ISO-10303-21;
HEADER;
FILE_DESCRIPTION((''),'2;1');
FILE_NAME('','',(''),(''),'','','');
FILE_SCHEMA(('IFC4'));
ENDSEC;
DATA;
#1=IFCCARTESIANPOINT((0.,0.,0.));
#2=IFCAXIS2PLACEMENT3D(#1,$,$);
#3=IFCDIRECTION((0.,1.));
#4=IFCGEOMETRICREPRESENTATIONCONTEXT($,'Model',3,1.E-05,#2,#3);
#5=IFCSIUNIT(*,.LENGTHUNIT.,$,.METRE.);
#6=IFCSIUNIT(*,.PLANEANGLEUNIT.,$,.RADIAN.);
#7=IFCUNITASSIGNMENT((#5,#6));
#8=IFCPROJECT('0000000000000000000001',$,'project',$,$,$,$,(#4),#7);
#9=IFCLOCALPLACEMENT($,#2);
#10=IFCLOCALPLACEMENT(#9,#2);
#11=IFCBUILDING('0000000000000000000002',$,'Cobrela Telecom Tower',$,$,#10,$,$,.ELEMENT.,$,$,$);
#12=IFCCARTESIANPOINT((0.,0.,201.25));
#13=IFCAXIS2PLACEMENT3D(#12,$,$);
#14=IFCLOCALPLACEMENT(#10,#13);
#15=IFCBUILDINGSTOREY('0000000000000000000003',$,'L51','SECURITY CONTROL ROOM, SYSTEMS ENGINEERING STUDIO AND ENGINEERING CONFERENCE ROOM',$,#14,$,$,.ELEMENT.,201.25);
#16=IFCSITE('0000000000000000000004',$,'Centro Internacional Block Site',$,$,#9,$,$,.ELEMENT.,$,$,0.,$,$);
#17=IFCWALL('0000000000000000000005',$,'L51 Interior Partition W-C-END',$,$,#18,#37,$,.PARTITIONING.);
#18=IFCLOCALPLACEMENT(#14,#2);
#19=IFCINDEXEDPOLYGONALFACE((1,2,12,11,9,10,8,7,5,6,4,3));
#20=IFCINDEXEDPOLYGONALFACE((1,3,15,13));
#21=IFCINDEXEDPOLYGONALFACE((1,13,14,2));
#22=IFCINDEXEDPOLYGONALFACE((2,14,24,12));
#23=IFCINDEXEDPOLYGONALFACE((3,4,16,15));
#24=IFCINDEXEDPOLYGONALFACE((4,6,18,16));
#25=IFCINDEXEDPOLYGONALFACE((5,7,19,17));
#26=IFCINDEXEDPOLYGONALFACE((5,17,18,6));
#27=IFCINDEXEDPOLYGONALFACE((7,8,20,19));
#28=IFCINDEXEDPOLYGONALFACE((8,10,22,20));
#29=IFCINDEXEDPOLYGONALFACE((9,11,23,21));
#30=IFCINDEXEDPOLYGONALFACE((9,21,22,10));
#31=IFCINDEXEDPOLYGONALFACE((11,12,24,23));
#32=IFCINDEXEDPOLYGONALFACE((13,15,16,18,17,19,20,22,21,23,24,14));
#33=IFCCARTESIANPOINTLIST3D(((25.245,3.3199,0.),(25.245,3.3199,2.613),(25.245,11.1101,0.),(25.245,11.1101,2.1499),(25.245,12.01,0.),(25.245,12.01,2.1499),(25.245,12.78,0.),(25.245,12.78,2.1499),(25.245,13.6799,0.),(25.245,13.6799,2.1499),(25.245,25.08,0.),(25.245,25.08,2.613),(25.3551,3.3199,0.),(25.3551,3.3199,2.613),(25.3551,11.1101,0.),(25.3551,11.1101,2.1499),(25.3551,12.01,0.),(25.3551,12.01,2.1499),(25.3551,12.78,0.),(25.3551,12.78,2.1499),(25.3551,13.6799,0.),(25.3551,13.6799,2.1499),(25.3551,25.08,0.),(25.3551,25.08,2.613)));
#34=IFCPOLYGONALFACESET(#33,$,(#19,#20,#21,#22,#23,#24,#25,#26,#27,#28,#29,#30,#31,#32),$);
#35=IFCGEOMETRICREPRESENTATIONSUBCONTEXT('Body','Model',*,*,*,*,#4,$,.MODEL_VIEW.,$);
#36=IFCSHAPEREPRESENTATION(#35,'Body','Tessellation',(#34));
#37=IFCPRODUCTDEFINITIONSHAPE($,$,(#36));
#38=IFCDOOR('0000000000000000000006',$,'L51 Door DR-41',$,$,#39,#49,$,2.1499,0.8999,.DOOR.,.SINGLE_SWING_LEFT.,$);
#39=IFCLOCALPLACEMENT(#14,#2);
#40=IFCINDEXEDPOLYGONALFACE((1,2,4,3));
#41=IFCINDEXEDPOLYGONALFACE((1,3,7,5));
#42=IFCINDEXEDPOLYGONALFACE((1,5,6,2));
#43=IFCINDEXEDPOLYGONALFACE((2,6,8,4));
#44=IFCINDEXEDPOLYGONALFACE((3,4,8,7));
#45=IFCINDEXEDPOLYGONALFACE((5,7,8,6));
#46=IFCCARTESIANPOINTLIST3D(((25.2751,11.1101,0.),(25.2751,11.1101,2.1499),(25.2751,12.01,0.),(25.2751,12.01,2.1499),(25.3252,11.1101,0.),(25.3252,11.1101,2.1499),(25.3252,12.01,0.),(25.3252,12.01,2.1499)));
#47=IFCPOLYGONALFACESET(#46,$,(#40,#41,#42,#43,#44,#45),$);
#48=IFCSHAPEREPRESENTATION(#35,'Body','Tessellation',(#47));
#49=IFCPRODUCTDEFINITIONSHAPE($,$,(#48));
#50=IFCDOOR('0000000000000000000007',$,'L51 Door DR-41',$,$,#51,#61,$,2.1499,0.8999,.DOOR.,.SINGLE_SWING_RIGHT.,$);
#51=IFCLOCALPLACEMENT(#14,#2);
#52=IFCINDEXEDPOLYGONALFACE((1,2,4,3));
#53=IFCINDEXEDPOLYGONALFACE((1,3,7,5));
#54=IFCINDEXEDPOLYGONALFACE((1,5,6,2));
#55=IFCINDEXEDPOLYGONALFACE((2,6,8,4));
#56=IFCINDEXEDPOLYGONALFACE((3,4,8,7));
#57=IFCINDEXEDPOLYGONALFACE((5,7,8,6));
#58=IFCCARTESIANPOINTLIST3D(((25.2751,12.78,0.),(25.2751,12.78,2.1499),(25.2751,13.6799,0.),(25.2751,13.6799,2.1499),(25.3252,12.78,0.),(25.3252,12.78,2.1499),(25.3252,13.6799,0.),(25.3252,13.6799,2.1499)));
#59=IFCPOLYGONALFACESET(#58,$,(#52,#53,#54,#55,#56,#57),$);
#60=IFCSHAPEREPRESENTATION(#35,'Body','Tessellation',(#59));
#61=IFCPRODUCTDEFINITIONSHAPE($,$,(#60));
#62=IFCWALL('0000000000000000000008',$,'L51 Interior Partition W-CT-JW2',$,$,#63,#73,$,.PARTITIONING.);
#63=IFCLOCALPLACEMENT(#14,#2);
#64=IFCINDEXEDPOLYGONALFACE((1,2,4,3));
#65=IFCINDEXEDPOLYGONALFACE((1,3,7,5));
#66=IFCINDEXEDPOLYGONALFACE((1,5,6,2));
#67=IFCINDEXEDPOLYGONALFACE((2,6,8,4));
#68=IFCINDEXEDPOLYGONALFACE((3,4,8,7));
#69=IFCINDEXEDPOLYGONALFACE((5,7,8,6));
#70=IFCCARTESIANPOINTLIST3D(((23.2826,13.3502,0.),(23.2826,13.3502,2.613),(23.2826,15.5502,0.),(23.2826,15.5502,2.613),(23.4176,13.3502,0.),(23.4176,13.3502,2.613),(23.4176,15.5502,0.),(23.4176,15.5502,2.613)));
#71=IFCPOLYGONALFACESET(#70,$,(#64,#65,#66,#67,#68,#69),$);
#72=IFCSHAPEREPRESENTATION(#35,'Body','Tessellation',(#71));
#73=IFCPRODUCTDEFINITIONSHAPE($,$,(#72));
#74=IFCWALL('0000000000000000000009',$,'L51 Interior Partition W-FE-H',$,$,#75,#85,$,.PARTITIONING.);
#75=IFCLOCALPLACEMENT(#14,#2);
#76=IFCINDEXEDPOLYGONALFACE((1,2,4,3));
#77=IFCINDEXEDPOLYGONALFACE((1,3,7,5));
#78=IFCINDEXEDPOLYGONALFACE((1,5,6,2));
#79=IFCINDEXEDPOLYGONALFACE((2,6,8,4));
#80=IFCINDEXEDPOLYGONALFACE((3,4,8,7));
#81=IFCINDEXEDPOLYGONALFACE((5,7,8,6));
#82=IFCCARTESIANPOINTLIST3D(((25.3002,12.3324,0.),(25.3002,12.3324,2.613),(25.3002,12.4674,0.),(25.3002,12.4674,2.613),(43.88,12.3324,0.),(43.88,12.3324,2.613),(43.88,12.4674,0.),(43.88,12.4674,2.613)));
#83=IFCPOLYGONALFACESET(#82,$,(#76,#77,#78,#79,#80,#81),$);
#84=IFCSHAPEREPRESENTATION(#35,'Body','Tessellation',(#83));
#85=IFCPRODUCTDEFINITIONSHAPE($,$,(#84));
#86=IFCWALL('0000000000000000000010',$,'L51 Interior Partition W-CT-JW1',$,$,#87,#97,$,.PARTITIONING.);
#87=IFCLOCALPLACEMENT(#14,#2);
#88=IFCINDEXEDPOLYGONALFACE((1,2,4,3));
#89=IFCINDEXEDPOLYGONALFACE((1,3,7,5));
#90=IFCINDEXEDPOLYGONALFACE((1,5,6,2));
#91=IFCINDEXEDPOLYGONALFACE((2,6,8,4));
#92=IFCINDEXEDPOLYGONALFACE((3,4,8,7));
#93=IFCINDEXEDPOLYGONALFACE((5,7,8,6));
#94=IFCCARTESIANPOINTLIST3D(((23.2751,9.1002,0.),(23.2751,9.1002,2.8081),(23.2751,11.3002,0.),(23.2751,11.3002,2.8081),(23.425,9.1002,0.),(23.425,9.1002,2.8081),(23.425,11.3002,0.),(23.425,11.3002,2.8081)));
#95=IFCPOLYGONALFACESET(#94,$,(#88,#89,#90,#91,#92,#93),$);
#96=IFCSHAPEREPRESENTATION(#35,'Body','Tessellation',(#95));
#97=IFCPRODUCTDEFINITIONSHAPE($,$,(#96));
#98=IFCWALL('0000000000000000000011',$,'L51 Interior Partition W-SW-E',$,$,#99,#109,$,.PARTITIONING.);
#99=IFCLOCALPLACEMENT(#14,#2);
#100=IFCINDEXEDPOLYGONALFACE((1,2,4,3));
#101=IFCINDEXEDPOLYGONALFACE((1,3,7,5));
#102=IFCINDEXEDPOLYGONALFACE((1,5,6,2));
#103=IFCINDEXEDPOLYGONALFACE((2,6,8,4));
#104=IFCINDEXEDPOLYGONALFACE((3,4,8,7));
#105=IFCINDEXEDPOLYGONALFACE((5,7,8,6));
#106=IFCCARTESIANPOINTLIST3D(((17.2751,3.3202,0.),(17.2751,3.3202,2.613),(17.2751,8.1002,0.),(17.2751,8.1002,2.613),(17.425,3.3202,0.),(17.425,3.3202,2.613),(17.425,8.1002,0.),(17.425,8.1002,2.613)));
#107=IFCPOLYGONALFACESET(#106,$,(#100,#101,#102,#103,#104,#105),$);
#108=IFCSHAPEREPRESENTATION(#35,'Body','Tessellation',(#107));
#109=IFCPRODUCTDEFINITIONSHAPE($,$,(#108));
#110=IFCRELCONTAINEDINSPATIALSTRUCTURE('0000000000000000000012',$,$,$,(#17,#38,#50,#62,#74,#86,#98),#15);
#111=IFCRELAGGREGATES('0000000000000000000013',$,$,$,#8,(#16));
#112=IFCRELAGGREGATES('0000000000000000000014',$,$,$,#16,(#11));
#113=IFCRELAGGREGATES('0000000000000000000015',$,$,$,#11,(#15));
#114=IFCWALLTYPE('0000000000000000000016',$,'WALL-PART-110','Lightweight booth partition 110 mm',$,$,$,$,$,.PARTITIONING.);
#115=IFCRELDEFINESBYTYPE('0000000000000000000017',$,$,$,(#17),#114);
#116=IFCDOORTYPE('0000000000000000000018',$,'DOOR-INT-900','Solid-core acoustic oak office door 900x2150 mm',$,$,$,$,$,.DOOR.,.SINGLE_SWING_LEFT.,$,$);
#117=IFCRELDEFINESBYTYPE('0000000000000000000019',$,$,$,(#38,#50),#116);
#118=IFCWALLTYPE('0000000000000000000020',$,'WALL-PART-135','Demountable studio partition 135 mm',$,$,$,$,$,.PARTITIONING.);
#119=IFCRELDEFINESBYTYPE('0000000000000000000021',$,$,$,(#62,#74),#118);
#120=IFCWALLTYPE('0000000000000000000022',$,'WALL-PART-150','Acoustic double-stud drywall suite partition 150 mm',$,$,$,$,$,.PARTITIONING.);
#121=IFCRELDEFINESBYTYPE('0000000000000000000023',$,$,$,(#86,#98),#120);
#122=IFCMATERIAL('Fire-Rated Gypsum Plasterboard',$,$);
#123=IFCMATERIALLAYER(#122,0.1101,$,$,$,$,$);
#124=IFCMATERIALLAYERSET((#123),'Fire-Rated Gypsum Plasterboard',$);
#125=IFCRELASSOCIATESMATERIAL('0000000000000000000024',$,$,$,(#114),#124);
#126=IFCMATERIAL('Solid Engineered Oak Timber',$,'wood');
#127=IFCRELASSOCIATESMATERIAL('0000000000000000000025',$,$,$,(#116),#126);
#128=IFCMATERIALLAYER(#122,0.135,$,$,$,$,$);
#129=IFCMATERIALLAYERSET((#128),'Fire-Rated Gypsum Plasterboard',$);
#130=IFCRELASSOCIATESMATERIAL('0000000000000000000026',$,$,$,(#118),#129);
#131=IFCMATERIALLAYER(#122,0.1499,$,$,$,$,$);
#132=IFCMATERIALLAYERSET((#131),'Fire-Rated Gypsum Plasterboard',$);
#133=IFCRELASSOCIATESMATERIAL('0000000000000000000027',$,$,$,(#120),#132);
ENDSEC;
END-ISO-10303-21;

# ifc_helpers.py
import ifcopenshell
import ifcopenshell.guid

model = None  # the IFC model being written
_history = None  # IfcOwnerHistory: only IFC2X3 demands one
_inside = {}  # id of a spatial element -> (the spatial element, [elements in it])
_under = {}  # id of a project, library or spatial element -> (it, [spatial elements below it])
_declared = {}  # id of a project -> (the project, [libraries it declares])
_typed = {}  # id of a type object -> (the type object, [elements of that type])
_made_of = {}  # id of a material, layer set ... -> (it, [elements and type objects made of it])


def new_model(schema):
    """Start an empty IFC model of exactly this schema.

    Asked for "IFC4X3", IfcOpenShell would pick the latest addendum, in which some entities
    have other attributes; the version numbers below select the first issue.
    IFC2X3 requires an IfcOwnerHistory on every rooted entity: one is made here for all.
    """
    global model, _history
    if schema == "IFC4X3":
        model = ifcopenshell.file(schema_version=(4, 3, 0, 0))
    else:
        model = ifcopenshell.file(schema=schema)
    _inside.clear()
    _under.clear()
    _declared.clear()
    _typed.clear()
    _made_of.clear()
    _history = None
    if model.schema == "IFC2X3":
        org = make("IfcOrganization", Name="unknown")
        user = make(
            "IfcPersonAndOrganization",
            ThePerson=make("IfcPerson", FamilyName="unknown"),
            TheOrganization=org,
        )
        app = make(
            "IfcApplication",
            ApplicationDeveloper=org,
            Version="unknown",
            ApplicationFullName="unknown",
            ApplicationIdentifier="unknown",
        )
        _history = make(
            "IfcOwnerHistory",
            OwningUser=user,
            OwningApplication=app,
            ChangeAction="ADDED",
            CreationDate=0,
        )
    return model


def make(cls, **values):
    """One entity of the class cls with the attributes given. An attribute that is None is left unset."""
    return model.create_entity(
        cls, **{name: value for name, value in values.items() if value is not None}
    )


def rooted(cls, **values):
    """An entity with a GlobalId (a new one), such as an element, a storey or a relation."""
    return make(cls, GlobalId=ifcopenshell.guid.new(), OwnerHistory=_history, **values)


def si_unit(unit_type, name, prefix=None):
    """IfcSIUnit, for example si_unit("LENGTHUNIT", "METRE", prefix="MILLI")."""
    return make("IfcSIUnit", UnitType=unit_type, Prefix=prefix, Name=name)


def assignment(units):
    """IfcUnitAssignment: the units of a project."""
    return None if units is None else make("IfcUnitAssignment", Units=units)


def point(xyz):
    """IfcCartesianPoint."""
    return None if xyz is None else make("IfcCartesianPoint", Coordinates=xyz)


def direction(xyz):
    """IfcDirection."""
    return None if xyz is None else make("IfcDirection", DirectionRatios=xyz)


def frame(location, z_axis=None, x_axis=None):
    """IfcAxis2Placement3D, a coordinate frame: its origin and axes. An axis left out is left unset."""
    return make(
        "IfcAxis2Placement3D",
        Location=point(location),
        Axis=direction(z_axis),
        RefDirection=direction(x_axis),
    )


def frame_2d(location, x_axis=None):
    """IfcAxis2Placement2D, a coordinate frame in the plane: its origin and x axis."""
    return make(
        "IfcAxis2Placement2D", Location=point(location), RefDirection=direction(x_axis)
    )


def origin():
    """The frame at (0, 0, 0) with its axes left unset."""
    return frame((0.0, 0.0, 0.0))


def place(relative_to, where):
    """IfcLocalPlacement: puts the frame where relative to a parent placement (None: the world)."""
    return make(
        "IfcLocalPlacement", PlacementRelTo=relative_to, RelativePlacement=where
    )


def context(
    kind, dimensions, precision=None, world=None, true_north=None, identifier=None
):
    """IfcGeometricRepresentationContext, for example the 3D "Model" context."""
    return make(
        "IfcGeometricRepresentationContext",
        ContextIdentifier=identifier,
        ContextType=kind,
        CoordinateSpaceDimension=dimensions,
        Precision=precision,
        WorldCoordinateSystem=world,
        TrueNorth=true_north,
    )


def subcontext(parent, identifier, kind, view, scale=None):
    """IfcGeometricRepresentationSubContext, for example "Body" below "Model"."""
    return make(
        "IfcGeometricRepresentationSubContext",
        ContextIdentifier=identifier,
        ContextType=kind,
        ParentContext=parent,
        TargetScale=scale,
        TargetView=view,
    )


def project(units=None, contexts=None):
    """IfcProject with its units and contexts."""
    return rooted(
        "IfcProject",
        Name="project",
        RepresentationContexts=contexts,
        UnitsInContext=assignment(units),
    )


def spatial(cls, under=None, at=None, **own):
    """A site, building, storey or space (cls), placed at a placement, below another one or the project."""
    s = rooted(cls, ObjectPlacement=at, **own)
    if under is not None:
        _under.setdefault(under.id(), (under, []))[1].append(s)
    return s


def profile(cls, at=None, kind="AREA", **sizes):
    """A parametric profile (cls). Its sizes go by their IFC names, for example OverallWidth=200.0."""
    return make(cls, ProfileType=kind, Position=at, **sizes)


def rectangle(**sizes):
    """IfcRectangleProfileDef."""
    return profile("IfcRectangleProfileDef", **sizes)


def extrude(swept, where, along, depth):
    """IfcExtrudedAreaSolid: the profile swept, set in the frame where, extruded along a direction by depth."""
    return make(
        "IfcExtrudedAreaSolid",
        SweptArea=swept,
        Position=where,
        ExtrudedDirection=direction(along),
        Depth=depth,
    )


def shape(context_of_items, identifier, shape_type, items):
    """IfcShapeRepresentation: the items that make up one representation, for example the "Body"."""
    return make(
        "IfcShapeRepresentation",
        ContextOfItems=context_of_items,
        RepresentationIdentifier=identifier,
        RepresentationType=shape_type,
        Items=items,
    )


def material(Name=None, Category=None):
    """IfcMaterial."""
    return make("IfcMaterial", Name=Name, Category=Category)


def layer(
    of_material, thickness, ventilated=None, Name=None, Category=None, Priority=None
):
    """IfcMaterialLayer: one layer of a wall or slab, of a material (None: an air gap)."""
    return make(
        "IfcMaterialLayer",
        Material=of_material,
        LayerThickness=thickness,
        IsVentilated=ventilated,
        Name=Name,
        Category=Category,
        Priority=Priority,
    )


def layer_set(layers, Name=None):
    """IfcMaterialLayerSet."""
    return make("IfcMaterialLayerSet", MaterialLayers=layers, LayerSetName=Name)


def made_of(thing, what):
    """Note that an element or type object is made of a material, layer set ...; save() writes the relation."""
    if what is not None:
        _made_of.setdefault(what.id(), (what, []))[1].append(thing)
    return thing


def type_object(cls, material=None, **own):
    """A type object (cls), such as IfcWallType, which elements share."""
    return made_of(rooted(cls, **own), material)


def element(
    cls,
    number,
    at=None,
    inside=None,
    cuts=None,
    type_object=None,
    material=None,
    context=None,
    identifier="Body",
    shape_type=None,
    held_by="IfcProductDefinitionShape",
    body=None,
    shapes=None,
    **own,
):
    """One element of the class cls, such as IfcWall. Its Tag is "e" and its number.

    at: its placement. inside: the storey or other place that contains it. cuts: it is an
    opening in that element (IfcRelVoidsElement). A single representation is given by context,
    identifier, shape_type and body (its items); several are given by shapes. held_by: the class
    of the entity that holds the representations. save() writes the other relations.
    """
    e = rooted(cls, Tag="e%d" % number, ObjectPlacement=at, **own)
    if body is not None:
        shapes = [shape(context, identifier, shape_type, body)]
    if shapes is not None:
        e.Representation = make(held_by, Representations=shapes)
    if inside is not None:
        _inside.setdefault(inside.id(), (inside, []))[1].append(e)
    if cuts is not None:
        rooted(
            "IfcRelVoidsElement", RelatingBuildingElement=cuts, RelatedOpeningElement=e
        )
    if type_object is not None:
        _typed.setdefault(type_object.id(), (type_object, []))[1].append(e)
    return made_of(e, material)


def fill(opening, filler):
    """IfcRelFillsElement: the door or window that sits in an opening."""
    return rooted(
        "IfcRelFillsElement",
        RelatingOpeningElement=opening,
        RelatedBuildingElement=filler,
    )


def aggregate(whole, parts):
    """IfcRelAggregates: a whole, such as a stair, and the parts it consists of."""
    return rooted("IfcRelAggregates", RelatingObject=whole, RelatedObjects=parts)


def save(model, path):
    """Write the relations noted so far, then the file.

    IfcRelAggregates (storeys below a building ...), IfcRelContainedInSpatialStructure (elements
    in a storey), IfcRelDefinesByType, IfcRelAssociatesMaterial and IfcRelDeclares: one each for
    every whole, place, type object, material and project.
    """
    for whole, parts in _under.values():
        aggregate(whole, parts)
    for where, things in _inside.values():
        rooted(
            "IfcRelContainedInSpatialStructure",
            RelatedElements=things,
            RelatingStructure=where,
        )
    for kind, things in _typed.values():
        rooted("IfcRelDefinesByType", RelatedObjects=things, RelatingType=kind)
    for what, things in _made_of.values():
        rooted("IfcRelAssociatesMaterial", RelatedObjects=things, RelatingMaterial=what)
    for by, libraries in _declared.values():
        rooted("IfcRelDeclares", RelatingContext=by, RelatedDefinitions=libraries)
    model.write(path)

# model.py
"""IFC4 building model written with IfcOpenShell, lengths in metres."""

from ifc_helpers import new_model, si_unit, direction, frame, frame_2d, origin, place, context, subcontext, project, spatial, rectangle, extrude, material, layer, layer_set, type_object, element, fill, save


model = new_model("IFC4")

# Units and contexts
model_context = context("Model", 3, precision=1e-05, world=origin(), true_north=direction((0.0, 1.0)))
body_context = subcontext(model_context, "Body", "Model", "MODEL_VIEW")
ifc_project = project(units=[si_unit("LENGTHUNIT", "METRE"), si_unit("PLANEANGLEUNIT", "RADIAN")], contexts=[model_context])

# Site, building, storey
site_placement = place(None, origin())
site = spatial("IfcSite", under=ifc_project, at=site_placement, Name="Centro Internacional Block Site", CompositionType="ELEMENT", RefElevation=0.0)
building_placement = place(site_placement, origin())
building = spatial("IfcBuilding", under=site, at=building_placement, Name="Cobrela Telecom Tower", CompositionType="ELEMENT")
storey_placement = place(building_placement, frame((0.0, 0.0, 201.25)))
storey = spatial("IfcBuildingStorey", under=building, at=storey_placement, Name="L51", Description="SECURITY CONTROL ROOM, SYSTEMS ENGINEERING STUDIO AND ENGINEERING CONFERENCE ROOM", CompositionType="ELEMENT", Elevation=201.25)

# Shared definitions
ifc_material_1 = material(Name="Fire-Rated Gypsum Plasterboard")
ifc_layer_1 = layer(ifc_material_1, 0.1101)
ifc_layer_set_1 = layer_set([ifc_layer_1], Name="Fire-Rated Gypsum Plasterboard")
wall_type_1 = type_object("IfcWallType", Name="WALL-PART-110", Description="Lightweight booth partition 110 mm", PredefinedType="PARTITIONING", material=ifc_layer_set_1)

# Wall, openings, doors
wall_1_placement = place(storey_placement, frame((25.3, 3.3201, 0.0), z_axis=(0.0, 0.0, 1.0), x_axis=(0.0, 1.0, 0.0)))
wall_1 = element("IfcWall", 1, at=wall_1_placement, inside=storey, type_object=wall_type_1, Name="L51 Interior Partition W-C-END", PredefinedType="PARTITIONING", context=body_context, shape_type="SweptSolid", body=[
    extrude(rectangle(XDim=21.76, YDim=0.1101, at=frame_2d((10.8799, 0.0))), origin(), (0.0, 0.0, 1.0), 2.613),
])
opening_1_placement = place(wall_1_placement, frame((7.79, 0.0, 0.0)))
opening_1 = element("IfcOpeningElement", 2, at=opening_1_placement, cuts=wall_1, PredefinedType="OPENING", context=body_context, shape_type="SweptSolid", body=[
    extrude(rectangle(XDim=0.8999, YDim=2.1499, at=frame_2d((0.45, 1.075))), frame((0.0, 0.0669, 0.0), z_axis=(0.0, -1.0, 0.0), x_axis=(1.0, 0.0, 0.0)), (0.0, 0.0, 1.0), 0.134),
])
opening_2_placement = place(wall_1_placement, frame((9.46, 0.0, 0.0)))
opening_2 = element("IfcOpeningElement", 3, at=opening_2_placement, cuts=wall_1, PredefinedType="OPENING", context=body_context, shape_type="SweptSolid", body=[
    extrude(rectangle(XDim=0.8999, YDim=2.1499, at=frame_2d((0.45, 1.075))), frame((0.0, 0.0669, 0.0), z_axis=(0.0, -1.0, 0.0), x_axis=(1.0, 0.0, 0.0)), (0.0, 0.0, 1.0), 0.134),
])
ifc_material_2 = material(Name="Solid Engineered Oak Timber", Category="wood")
door_type = type_object("IfcDoorType", Name="DOOR-INT-900", Description="Solid-core acoustic oak office door 900x2150 mm", OperationType="SINGLE_SWING_LEFT", PredefinedType="DOOR", material=ifc_material_2)
door_1_placement = place(opening_1_placement, origin())
door_1 = element("IfcDoor", 4, at=door_1_placement, inside=storey, type_object=door_type, Name="L51 Door DR-41", OperationType="SINGLE_SWING_LEFT", OverallHeight=2.1499, OverallWidth=0.8999, PredefinedType="DOOR", context=body_context, shape_type="SweptSolid", body=[
    extrude(rectangle(XDim=0.8999, YDim=2.1499, at=frame_2d((0.45, 1.075))), frame((0.0, 0.0249, 0.0), z_axis=(0.0, -1.0, 0.0), x_axis=(1.0, 0.0, 0.0)), (0.0, 0.0, 1.0), 0.05),
])
fill(opening_1, door_1)
door_2_placement = place(opening_2_placement, origin())
door_2 = element("IfcDoor", 5, at=door_2_placement, inside=storey, type_object=door_type, Name="L51 Door DR-41", OperationType="SINGLE_SWING_RIGHT", OverallHeight=2.1499, OverallWidth=0.8999, PredefinedType="DOOR", context=body_context, shape_type="SweptSolid", body=[
    extrude(rectangle(XDim=0.8999, YDim=2.1499, at=frame_2d((0.45, 1.075))), frame((0.0, 0.0249, 0.0), z_axis=(0.0, -1.0, 0.0), x_axis=(1.0, 0.0, 0.0)), (0.0, 0.0, 1.0), 0.05),
])
fill(opening_2, door_2)

# Walls
ifc_layer_2 = layer(ifc_material_1, 0.135)
ifc_layer_set_2 = layer_set([ifc_layer_2], Name="Fire-Rated Gypsum Plasterboard")
wall_type_2 = type_object("IfcWallType", Name="WALL-PART-135", Description="Demountable studio partition 135 mm", PredefinedType="PARTITIONING", material=ifc_layer_set_2)
wall_2_placement = place(storey_placement, frame((23.3501, 13.3501, 0.0), z_axis=(0.0, 0.0, 1.0), x_axis=(0.0, 1.0, 0.0)))
element("IfcWall", 6, at=wall_2_placement, inside=storey, type_object=wall_type_2, Name="L51 Interior Partition W-CT-JW2", PredefinedType="PARTITIONING", context=body_context, shape_type="SweptSolid", body=[
    extrude(rectangle(XDim=2.2, YDim=0.135, at=frame_2d((1.1001, 0.0))), origin(), (0.0, 0.0, 1.0), 2.613),
])
wall_3_placement = place(storey_placement, frame((25.3, 12.3999, 0.0), z_axis=(0.0, 0.0, 1.0), x_axis=(1.0, 0.0, 0.0)))
element("IfcWall", 7, at=wall_3_placement, inside=storey, type_object=wall_type_2, Name="L51 Interior Partition W-FE-H", PredefinedType="PARTITIONING", context=body_context, shape_type="SweptSolid", body=[
    extrude(rectangle(XDim=18.5798, YDim=0.135, at=frame_2d((9.29, 0.0))), origin(), (0.0, 0.0, 1.0), 2.613),
])
ifc_layer_3 = layer(ifc_material_1, 0.1499)
ifc_layer_set_3 = layer_set([ifc_layer_3], Name="Fire-Rated Gypsum Plasterboard")
wall_type_3 = type_object("IfcWallType", Name="WALL-PART-150", Description="Acoustic double-stud drywall suite partition 150 mm", PredefinedType="PARTITIONING", material=ifc_layer_set_3)
wall_4_placement = place(storey_placement, frame((23.3501, 9.1001, 0.0), z_axis=(0.0, 0.0, 1.0), x_axis=(0.0, 1.0, 0.0)))
element("IfcWall", 8, at=wall_4_placement, inside=storey, type_object=wall_type_3, Name="L51 Interior Partition W-CT-JW1", PredefinedType="PARTITIONING", context=body_context, shape_type="SweptSolid", body=[
    extrude(rectangle(XDim=2.2, YDim=0.1499, at=frame_2d((1.1001, 0.0))), origin(), (0.0, 0.0, 1.0), 2.8081),
])
wall_5_placement = place(storey_placement, frame((17.3501, 3.3201, 0.0), z_axis=(0.0, 0.0, 1.0), x_axis=(0.0, 1.0, 0.0)))
element("IfcWall", 9, at=wall_5_placement, inside=storey, type_object=wall_type_3, Name="L51 Interior Partition W-SW-E", PredefinedType="PARTITIONING", context=body_context, shape_type="SweptSolid", body=[
    extrude(rectangle(XDim=4.78, YDim=0.1499, at=frame_2d((2.3901, 0.0))), origin(), (0.0, 0.0, 1.0), 2.613),
])

save(model, "model.ifc")
